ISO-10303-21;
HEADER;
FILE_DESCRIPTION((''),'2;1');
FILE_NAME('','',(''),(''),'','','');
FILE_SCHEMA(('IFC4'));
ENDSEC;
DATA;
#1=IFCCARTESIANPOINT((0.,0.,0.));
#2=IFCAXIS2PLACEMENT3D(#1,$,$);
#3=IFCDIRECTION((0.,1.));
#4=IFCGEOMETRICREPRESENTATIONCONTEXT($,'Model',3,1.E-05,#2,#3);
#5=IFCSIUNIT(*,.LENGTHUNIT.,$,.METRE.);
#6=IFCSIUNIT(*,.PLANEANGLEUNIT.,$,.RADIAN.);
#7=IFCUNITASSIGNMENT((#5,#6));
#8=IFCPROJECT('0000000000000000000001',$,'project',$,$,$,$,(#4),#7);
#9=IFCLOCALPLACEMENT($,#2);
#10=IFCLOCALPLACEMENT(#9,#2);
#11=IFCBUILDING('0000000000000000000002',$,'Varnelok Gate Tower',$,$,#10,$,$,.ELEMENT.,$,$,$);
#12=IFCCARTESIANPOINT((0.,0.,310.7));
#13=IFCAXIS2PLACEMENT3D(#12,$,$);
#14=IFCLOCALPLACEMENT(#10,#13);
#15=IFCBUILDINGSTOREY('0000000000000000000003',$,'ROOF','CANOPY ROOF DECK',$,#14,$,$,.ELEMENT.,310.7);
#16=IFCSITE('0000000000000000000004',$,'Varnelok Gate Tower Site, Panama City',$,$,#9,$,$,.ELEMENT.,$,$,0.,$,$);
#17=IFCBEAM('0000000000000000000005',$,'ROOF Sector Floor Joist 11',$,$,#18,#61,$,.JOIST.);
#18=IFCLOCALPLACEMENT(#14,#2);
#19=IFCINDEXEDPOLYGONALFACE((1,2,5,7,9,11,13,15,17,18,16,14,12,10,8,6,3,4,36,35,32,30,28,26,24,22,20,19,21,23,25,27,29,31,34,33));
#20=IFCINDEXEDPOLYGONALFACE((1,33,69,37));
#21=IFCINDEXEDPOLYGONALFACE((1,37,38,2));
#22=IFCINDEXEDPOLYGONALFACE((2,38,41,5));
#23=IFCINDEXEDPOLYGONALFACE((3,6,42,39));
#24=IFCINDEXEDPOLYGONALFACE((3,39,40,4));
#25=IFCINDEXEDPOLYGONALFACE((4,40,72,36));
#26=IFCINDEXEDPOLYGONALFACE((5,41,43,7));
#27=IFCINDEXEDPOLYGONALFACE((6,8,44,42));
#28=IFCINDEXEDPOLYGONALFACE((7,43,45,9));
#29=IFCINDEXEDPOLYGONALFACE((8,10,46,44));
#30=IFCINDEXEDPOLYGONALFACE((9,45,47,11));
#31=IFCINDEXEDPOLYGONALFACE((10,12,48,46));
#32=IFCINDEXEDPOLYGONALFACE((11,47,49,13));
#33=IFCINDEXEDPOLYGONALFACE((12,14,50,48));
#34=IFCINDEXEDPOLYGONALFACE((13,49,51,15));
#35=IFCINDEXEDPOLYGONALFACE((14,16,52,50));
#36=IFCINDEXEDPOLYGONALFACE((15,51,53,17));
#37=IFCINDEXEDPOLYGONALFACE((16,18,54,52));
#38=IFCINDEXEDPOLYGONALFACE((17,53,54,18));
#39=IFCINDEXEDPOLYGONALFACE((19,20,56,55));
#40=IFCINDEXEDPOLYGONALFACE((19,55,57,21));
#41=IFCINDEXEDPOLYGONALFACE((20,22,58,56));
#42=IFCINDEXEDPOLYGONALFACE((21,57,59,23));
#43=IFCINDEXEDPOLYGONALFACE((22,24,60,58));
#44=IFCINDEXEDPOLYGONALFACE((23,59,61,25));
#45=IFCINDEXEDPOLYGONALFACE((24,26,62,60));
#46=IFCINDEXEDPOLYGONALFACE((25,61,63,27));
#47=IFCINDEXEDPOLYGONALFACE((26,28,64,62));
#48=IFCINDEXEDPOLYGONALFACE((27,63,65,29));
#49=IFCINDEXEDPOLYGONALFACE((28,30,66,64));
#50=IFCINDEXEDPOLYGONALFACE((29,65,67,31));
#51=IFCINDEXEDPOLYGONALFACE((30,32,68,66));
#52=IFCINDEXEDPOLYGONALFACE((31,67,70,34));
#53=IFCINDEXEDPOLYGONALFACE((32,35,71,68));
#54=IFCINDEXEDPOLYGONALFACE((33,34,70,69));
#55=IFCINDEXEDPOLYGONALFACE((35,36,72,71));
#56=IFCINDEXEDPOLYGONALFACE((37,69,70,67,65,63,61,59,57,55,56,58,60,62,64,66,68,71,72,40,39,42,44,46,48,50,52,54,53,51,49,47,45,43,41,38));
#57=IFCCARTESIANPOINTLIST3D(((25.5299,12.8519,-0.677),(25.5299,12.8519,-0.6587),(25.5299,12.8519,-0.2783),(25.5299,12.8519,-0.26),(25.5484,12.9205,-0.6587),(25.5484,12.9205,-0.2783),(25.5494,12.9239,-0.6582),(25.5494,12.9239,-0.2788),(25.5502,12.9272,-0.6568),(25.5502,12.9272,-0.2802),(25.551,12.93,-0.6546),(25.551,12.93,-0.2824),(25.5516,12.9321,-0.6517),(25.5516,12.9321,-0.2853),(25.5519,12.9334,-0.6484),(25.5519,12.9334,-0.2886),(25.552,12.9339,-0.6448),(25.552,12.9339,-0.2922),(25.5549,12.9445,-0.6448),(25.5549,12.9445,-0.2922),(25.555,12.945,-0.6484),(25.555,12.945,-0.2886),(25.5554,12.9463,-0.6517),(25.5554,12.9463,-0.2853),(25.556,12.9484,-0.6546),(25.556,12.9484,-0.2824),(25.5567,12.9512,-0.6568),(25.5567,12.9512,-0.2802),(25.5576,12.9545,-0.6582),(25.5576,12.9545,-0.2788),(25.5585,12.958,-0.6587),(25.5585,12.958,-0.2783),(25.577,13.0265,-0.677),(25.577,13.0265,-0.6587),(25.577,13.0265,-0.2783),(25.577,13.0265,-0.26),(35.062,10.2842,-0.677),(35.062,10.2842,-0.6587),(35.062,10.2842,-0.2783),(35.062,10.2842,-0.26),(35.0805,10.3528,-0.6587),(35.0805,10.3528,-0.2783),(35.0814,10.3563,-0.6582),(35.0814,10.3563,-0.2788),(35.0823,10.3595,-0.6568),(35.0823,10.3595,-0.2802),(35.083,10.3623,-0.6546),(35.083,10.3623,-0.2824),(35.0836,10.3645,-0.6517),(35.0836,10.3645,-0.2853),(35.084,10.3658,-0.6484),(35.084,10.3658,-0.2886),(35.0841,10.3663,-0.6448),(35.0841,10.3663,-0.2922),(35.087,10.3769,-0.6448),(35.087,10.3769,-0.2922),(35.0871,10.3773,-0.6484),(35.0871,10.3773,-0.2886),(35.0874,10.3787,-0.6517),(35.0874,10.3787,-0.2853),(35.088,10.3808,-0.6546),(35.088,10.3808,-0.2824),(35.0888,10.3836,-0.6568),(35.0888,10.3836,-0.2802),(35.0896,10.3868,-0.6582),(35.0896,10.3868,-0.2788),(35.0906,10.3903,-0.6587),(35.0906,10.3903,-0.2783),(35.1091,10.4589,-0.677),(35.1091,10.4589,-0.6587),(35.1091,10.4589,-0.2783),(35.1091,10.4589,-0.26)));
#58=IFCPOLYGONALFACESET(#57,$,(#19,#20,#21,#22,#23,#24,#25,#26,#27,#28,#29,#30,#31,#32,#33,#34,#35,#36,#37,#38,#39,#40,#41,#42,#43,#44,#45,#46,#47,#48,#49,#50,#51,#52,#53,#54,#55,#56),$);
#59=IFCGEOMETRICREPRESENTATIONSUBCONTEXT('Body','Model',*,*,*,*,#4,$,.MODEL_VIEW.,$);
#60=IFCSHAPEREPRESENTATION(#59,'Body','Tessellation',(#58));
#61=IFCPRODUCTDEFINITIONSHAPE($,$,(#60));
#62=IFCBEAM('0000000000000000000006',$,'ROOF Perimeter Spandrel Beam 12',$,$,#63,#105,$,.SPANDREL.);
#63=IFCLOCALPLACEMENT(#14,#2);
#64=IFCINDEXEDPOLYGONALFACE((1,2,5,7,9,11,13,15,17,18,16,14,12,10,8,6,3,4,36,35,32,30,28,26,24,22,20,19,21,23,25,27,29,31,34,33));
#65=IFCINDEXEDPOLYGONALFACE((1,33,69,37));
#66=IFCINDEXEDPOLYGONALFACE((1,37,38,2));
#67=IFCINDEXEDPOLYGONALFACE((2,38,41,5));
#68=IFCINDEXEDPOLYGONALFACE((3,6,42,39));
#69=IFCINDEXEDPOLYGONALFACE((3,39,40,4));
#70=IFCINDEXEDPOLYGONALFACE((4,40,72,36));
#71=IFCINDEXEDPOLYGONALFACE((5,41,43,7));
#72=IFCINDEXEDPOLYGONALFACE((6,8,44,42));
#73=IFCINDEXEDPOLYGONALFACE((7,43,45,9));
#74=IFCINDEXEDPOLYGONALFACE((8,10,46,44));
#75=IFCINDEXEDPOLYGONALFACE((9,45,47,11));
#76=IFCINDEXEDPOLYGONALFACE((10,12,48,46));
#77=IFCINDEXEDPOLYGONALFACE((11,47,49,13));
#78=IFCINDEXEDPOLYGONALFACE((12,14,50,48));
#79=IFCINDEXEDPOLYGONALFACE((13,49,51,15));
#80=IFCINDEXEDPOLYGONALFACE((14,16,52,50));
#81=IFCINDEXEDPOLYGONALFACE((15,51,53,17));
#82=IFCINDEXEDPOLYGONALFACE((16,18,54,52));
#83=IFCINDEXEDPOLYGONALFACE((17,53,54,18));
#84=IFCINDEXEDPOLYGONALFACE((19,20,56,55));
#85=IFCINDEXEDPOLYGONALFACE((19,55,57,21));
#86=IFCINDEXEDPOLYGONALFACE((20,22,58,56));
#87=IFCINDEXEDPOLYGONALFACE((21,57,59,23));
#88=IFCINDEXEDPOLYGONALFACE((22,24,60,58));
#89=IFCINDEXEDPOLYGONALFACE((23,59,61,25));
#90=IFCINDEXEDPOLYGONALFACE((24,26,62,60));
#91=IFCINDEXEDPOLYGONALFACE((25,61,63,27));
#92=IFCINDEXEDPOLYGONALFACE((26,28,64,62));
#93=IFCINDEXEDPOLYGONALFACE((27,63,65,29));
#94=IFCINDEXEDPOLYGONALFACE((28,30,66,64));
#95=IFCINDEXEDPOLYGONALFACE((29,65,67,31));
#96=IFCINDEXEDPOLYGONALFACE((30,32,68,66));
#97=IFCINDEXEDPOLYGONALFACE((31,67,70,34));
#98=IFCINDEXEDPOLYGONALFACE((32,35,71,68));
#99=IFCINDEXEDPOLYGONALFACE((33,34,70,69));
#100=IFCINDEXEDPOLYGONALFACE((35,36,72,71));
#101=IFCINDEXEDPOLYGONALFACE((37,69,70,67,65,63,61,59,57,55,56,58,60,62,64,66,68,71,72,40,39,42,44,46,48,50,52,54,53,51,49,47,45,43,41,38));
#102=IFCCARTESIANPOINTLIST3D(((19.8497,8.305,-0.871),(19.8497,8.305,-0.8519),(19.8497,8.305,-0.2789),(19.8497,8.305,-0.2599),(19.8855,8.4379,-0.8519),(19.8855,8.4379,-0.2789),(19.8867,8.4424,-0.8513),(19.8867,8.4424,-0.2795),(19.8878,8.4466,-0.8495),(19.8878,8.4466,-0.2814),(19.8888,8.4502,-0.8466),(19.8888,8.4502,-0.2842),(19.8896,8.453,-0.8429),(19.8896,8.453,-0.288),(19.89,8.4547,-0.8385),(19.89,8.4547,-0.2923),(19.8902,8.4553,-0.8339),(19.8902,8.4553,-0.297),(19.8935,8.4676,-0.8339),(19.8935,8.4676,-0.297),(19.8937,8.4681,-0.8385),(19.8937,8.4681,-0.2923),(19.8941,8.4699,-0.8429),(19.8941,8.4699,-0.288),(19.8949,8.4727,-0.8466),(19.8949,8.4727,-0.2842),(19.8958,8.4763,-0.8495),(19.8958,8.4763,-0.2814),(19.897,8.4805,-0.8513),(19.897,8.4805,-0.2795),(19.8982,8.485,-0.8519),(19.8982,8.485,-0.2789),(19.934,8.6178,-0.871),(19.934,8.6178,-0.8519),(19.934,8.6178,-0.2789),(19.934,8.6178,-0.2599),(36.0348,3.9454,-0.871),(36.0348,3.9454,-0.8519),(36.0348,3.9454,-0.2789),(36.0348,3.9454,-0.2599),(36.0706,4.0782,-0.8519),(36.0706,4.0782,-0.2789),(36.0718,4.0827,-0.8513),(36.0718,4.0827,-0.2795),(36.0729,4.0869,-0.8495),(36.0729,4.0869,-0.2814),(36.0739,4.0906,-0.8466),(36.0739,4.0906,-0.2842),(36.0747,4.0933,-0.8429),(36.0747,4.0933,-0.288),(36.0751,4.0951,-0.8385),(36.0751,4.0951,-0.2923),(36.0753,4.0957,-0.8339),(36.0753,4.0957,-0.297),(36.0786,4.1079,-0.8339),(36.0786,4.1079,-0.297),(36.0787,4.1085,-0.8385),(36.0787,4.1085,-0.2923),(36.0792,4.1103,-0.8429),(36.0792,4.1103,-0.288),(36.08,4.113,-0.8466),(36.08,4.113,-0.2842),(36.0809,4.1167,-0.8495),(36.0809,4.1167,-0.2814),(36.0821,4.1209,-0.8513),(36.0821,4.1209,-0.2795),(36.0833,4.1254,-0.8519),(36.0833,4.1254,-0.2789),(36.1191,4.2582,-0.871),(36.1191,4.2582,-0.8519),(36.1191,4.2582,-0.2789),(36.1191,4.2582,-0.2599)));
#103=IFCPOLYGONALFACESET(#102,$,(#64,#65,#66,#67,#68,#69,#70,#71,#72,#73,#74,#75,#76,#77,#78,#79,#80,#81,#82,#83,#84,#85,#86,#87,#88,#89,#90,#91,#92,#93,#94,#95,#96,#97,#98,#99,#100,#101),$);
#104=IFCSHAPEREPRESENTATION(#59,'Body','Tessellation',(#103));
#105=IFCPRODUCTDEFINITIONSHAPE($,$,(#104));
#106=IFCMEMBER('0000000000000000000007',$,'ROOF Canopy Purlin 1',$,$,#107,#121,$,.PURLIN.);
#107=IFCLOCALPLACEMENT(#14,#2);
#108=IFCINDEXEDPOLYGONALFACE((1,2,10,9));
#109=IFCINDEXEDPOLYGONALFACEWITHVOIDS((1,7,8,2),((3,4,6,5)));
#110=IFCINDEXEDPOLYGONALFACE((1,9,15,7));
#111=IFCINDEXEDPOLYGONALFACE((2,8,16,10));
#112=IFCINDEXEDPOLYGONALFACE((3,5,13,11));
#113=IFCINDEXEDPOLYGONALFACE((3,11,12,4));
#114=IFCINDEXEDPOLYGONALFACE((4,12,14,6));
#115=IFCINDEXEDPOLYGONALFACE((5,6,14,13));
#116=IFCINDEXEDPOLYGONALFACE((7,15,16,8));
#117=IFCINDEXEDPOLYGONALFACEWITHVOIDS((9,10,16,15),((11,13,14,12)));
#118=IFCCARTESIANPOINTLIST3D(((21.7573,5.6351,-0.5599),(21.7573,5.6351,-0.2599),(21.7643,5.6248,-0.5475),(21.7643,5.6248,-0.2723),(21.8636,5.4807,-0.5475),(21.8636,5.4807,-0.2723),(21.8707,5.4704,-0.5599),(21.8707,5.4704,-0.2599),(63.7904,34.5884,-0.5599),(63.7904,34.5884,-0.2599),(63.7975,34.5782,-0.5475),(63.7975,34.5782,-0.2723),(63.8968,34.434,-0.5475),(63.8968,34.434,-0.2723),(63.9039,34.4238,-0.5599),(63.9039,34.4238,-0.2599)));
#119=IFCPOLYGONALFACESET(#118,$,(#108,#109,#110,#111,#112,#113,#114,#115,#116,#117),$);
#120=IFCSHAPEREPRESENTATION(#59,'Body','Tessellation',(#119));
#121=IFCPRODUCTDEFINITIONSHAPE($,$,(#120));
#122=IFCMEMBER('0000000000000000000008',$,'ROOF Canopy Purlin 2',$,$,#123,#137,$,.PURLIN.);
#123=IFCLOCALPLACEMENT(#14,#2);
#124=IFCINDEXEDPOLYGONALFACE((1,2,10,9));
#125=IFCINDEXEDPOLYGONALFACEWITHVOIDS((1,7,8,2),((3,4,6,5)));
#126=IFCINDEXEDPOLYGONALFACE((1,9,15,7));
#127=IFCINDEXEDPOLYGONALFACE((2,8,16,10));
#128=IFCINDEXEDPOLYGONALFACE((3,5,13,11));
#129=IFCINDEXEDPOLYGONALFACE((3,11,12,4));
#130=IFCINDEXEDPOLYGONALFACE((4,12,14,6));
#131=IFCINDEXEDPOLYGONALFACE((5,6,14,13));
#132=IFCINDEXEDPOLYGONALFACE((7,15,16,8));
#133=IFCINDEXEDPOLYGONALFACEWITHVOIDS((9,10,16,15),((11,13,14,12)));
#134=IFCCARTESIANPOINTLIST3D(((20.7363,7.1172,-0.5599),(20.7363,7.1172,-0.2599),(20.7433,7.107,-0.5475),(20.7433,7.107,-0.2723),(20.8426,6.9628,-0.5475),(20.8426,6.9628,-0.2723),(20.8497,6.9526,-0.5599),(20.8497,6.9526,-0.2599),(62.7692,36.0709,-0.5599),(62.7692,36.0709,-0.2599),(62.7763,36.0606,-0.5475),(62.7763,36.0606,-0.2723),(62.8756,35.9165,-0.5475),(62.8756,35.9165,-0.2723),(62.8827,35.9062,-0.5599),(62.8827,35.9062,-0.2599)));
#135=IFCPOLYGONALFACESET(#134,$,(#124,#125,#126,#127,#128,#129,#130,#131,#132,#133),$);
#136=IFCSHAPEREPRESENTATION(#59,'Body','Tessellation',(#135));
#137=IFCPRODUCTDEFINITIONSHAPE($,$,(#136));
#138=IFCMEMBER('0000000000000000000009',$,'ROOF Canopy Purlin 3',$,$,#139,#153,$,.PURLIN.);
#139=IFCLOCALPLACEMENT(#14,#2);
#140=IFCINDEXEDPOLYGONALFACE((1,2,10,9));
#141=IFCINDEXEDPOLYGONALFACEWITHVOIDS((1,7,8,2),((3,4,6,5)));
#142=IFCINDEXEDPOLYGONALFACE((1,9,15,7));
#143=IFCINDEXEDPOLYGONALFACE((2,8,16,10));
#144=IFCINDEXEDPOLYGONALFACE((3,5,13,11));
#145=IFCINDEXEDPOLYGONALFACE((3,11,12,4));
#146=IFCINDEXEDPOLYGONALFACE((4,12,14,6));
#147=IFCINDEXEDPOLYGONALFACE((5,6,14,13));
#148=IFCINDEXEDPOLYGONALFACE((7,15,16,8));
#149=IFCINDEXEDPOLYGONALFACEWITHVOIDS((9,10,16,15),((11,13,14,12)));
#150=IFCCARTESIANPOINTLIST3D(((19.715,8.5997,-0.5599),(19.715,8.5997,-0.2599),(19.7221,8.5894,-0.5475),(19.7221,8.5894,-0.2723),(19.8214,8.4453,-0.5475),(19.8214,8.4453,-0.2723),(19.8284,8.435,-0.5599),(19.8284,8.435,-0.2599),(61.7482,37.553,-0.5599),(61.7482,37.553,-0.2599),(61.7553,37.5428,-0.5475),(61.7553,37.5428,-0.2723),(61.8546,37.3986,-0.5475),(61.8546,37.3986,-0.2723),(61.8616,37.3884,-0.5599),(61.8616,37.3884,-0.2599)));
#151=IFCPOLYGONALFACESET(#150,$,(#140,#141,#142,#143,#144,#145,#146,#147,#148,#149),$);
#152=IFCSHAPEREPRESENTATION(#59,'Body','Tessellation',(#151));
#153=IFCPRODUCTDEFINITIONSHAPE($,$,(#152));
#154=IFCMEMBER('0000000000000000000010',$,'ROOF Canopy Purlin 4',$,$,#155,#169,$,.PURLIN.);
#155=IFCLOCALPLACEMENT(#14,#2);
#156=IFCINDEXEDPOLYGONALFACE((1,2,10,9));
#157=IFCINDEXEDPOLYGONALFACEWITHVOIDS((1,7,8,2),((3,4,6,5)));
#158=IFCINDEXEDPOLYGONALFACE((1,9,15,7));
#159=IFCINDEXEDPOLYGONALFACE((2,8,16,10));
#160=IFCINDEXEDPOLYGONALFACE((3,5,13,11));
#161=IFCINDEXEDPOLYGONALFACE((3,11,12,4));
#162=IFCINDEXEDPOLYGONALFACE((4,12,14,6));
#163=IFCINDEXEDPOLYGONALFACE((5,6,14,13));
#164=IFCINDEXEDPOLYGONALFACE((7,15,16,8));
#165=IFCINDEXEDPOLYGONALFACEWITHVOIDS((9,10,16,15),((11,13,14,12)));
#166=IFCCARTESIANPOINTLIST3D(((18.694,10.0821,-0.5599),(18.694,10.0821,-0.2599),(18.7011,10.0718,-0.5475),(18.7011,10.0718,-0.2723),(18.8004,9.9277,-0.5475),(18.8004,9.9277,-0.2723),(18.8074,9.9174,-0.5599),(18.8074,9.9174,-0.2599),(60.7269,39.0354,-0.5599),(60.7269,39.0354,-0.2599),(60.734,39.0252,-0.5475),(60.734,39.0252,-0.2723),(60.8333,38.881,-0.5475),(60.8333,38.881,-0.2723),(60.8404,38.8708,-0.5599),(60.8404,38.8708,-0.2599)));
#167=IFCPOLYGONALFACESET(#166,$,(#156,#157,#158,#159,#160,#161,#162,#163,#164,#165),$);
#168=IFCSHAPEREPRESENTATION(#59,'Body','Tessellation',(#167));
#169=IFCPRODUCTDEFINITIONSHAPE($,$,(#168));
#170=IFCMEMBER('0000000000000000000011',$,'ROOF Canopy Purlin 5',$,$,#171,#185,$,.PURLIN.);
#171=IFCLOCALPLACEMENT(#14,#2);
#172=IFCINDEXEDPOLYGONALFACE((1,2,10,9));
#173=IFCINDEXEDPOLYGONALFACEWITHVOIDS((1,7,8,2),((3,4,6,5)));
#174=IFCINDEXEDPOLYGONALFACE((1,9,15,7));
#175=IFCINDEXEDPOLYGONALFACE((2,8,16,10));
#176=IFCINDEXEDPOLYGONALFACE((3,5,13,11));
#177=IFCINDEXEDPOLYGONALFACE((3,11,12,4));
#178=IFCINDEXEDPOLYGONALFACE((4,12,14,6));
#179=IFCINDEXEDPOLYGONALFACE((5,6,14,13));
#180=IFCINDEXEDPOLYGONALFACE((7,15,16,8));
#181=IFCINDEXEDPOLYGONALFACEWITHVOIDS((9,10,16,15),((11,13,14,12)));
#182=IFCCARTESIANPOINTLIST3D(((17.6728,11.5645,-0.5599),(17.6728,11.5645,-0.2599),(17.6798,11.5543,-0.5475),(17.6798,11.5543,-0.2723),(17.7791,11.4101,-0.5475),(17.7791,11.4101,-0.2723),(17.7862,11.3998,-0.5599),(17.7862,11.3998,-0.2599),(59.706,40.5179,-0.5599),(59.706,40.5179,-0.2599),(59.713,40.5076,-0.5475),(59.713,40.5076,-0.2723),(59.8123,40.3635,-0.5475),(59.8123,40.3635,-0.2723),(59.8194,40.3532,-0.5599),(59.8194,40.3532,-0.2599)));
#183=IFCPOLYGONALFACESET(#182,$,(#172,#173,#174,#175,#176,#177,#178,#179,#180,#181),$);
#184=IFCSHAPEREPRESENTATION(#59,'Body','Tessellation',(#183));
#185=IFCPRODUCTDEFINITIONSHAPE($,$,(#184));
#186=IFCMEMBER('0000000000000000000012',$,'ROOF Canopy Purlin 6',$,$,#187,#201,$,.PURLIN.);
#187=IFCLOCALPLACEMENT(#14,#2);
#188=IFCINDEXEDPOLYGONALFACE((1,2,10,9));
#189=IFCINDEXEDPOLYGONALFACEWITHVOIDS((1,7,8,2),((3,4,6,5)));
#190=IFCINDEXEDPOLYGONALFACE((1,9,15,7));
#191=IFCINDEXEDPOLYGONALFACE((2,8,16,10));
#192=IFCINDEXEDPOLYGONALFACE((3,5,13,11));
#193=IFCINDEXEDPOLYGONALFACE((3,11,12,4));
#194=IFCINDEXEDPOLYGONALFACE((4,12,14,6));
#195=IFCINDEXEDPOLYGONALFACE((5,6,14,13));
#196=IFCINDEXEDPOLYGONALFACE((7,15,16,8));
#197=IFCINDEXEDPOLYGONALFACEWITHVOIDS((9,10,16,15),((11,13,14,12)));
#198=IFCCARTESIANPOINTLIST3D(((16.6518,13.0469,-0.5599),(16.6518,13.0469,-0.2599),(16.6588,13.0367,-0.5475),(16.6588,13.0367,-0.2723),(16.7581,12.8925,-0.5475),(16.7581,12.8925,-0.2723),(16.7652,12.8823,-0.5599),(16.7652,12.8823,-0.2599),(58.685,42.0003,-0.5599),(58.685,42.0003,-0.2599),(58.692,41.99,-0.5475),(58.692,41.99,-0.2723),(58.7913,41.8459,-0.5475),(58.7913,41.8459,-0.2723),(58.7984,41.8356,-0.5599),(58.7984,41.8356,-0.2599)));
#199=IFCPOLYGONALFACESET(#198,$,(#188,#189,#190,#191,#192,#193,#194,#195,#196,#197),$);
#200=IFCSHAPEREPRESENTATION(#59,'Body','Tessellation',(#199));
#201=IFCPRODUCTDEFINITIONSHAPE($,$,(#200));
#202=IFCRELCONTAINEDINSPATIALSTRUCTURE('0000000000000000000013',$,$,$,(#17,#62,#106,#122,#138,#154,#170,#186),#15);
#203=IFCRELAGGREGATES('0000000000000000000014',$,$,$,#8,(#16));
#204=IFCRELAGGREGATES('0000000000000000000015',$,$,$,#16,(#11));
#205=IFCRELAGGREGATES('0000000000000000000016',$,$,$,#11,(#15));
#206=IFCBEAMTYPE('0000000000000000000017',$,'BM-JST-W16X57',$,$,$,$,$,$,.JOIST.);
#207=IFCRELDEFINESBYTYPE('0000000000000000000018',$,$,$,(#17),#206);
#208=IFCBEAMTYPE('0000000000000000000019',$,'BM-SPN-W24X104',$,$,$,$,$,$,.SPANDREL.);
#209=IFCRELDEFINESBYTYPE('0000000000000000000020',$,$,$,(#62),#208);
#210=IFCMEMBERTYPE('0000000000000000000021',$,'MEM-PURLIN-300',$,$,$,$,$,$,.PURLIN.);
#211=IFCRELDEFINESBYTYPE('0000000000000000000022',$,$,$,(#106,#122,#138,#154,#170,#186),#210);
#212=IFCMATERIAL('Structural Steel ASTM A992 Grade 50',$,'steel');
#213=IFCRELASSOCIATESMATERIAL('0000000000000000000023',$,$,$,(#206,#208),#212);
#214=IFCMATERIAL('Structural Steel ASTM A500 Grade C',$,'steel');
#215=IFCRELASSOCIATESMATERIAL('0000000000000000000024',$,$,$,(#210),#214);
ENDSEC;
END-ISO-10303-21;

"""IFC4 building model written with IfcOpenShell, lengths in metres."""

from ifc_helpers import new_model, si_unit, direction, frame, origin, origin_2d, place, context, subcontext, project, spatial, hollow_rectangle, i_section, extrude, material, material_profile, profile_set, type_object, element, save


model = new_model("IFC4")

# Units and contexts
model_context = context("Model", 3, precision=1e-05, world=origin(), true_north=direction((0.0, 1.0)))
body_context = subcontext(model_context, "Body", "Model", "MODEL_VIEW")
ifc_project = project(units=[si_unit("LENGTHUNIT", "METRE"), si_unit("PLANEANGLEUNIT", "RADIAN")], contexts=[model_context])

# Site, building, storey
site_placement = place(None, origin())
site = spatial("IfcSite", under=ifc_project, at=site_placement, Name="Varnelok Gate Tower Site, Panama City", CompositionType="ELEMENT", RefElevation=0.0)
building_placement = place(site_placement, origin())
building = spatial("IfcBuilding", under=site, at=building_placement, Name="Varnelok Gate Tower", CompositionType="ELEMENT")
storey_placement = place(building_placement, frame((0.0, 0.0, 310.7)))
storey = spatial("IfcBuildingStorey", under=building, at=storey_placement, Name="ROOF", Description="CANOPY ROOF DECK", CompositionType="ELEMENT", Elevation=310.7)

# Beams
ifc_material_1 = material(Name="Structural Steel ASTM A992 Grade 50", Category="steel")
ifc_material_profile_1 = material_profile(ifc_material_1, i_section(OverallWidth=0.1809, OverallDepth=0.417, WebThickness=0.011, FlangeThickness=0.0183, FilletRadius=0.0139, at=origin_2d()), Name="W16X57")
ifc_profile_set_1 = profile_set([ifc_material_profile_1], Name="Structural Steel ASTM A992 Grade 50")
beam_type_1 = type_object("IfcBeamType", Name="BM-JST-W16X57", PredefinedType="JOIST", material=ifc_profile_set_1)
beam_1_placement = place(storey_placement, frame((25.5535, 12.9392, -0.4685), z_axis=(0.965582, -0.260099, 0.0), x_axis=(0.260099, 0.965582, 0.0)))
element("IfcBeam", 1, at=beam_1_placement, inside=storey, type_object=beam_type_1, Name="ROOF Sector Floor Joist 11", PredefinedType="JOIST", context=body_context, shape_type="SweptSolid", body=[
    extrude(i_section(OverallWidth=0.1809, OverallDepth=0.417, WebThickness=0.011, FlangeThickness=0.0183, FilletRadius=0.0139, at=origin_2d()), origin(), (0.0, 0.0, 1.0), 9.8718),
])
ifc_material_profile_2 = material_profile(ifc_material_1, i_section(OverallWidth=0.324, OverallDepth=0.6111, WebThickness=0.0127, FlangeThickness=0.019, FilletRadius=0.0181, at=origin_2d()), Name="W24X104")
ifc_profile_set_2 = profile_set([ifc_material_profile_2], Name="Structural Steel ASTM A992 Grade 50")
beam_type_2 = type_object("IfcBeamType", Name="BM-SPN-W24X104", PredefinedType="SPANDREL", material=ifc_profile_set_2)
beam_2_placement = place(storey_placement, frame((19.8918, 8.4614, -0.5654), z_axis=(0.965584, -0.26009, 0.0), x_axis=(0.26009, 0.965584, 0.0)))
element("IfcBeam", 2, at=beam_2_placement, inside=storey, type_object=beam_type_2, Name="ROOF Perimeter Spandrel Beam 12", PredefinedType="SPANDREL", context=body_context, shape_type="SweptSolid", body=[
    extrude(i_section(OverallWidth=0.324, OverallDepth=0.6111, WebThickness=0.0127, FlangeThickness=0.019, FilletRadius=0.0181, at=origin_2d()), origin(), (0.0, 0.0, 1.0), 16.762),
])

# Members
ifc_material_2 = material(Name="Structural Steel ASTM A500 Grade C", Category="steel")
ifc_material_profile_3 = material_profile(ifc_material_2, hollow_rectangle(XDim=0.2, YDim=0.3, WallThickness=0.0125, at=origin_2d()), Name="HSS300X200X12")
ifc_profile_set_3 = profile_set([ifc_material_profile_3], Name="Structural Steel ASTM A500 Grade C")
member_type = type_object("IfcMemberType", Name="MEM-PURLIN-300", PredefinedType="PURLIN", material=ifc_profile_set_3)
for number, where, z_axis, x_axis, name in (
    (3, (21.814, 5.5527, -0.4099), (0.823534, 0.567268, 0.0), (-0.567268, 0.823534, 0.0), "ROOF Canopy Purlin 1"),
    (4, (20.793, 7.0349, -0.4099), (0.82353, 0.567273, 0.0), (-0.567273, 0.82353, 0.0), "ROOF Canopy Purlin 2"),
    (5, (19.7717, 8.5173, -0.4099), (0.823534, 0.567268, 0.0), (-0.567268, 0.823534, 0.0), "ROOF Canopy Purlin 3"),
):
    element("IfcMember", number, at=place(storey_placement, frame(where, z_axis=z_axis, x_axis=x_axis)), inside=storey, type_object=member_type, Name=name, PredefinedType="PURLIN", context=body_context, shape_type="SweptSolid", body=[
        extrude(hollow_rectangle(XDim=0.2, YDim=0.3, WallThickness=0.0125, at=origin_2d()), origin(), (0.0, 0.0, 1.0), 51.04),
    ])
member_placement = place(storey_placement, frame((18.7507, 9.9998, -0.4099), z_axis=(0.823532, 0.56727, 0.0), x_axis=(-0.56727, 0.823532, 0.0)))
element("IfcMember", 6, at=member_placement, inside=storey, type_object=member_type, Name="ROOF Canopy Purlin 4", PredefinedType="PURLIN", context=body_context, shape_type="SweptSolid", body=[
    extrude(hollow_rectangle(XDim=0.2, YDim=0.3, WallThickness=0.0125, at=origin_2d()), origin(), (0.0, 0.0, 1.0), 51.0398),
])
for number, where, z_axis, x_axis, name in (
    (7, (17.7295, 11.4822, -0.4099), (0.823534, 0.567268, 0.0), (-0.567268, 0.823534, 0.0), "ROOF Canopy Purlin 5"),
    (8, (16.7085, 12.9646, -0.4099), (0.823534, 0.567268, 0.0), (-0.567268, 0.823534, 0.0), "ROOF Canopy Purlin 6"),
):
    element("IfcMember", number, at=place(storey_placement, frame(where, z_axis=z_axis, x_axis=x_axis)), inside=storey, type_object=member_type, Name=name, PredefinedType="PURLIN", context=body_context, shape_type="SweptSolid", body=[
        extrude(hollow_rectangle(XDim=0.2, YDim=0.3, WallThickness=0.0125, at=origin_2d()), origin(), (0.0, 0.0, 1.0), 51.04),
    ])

save(model, "model.ifc")
